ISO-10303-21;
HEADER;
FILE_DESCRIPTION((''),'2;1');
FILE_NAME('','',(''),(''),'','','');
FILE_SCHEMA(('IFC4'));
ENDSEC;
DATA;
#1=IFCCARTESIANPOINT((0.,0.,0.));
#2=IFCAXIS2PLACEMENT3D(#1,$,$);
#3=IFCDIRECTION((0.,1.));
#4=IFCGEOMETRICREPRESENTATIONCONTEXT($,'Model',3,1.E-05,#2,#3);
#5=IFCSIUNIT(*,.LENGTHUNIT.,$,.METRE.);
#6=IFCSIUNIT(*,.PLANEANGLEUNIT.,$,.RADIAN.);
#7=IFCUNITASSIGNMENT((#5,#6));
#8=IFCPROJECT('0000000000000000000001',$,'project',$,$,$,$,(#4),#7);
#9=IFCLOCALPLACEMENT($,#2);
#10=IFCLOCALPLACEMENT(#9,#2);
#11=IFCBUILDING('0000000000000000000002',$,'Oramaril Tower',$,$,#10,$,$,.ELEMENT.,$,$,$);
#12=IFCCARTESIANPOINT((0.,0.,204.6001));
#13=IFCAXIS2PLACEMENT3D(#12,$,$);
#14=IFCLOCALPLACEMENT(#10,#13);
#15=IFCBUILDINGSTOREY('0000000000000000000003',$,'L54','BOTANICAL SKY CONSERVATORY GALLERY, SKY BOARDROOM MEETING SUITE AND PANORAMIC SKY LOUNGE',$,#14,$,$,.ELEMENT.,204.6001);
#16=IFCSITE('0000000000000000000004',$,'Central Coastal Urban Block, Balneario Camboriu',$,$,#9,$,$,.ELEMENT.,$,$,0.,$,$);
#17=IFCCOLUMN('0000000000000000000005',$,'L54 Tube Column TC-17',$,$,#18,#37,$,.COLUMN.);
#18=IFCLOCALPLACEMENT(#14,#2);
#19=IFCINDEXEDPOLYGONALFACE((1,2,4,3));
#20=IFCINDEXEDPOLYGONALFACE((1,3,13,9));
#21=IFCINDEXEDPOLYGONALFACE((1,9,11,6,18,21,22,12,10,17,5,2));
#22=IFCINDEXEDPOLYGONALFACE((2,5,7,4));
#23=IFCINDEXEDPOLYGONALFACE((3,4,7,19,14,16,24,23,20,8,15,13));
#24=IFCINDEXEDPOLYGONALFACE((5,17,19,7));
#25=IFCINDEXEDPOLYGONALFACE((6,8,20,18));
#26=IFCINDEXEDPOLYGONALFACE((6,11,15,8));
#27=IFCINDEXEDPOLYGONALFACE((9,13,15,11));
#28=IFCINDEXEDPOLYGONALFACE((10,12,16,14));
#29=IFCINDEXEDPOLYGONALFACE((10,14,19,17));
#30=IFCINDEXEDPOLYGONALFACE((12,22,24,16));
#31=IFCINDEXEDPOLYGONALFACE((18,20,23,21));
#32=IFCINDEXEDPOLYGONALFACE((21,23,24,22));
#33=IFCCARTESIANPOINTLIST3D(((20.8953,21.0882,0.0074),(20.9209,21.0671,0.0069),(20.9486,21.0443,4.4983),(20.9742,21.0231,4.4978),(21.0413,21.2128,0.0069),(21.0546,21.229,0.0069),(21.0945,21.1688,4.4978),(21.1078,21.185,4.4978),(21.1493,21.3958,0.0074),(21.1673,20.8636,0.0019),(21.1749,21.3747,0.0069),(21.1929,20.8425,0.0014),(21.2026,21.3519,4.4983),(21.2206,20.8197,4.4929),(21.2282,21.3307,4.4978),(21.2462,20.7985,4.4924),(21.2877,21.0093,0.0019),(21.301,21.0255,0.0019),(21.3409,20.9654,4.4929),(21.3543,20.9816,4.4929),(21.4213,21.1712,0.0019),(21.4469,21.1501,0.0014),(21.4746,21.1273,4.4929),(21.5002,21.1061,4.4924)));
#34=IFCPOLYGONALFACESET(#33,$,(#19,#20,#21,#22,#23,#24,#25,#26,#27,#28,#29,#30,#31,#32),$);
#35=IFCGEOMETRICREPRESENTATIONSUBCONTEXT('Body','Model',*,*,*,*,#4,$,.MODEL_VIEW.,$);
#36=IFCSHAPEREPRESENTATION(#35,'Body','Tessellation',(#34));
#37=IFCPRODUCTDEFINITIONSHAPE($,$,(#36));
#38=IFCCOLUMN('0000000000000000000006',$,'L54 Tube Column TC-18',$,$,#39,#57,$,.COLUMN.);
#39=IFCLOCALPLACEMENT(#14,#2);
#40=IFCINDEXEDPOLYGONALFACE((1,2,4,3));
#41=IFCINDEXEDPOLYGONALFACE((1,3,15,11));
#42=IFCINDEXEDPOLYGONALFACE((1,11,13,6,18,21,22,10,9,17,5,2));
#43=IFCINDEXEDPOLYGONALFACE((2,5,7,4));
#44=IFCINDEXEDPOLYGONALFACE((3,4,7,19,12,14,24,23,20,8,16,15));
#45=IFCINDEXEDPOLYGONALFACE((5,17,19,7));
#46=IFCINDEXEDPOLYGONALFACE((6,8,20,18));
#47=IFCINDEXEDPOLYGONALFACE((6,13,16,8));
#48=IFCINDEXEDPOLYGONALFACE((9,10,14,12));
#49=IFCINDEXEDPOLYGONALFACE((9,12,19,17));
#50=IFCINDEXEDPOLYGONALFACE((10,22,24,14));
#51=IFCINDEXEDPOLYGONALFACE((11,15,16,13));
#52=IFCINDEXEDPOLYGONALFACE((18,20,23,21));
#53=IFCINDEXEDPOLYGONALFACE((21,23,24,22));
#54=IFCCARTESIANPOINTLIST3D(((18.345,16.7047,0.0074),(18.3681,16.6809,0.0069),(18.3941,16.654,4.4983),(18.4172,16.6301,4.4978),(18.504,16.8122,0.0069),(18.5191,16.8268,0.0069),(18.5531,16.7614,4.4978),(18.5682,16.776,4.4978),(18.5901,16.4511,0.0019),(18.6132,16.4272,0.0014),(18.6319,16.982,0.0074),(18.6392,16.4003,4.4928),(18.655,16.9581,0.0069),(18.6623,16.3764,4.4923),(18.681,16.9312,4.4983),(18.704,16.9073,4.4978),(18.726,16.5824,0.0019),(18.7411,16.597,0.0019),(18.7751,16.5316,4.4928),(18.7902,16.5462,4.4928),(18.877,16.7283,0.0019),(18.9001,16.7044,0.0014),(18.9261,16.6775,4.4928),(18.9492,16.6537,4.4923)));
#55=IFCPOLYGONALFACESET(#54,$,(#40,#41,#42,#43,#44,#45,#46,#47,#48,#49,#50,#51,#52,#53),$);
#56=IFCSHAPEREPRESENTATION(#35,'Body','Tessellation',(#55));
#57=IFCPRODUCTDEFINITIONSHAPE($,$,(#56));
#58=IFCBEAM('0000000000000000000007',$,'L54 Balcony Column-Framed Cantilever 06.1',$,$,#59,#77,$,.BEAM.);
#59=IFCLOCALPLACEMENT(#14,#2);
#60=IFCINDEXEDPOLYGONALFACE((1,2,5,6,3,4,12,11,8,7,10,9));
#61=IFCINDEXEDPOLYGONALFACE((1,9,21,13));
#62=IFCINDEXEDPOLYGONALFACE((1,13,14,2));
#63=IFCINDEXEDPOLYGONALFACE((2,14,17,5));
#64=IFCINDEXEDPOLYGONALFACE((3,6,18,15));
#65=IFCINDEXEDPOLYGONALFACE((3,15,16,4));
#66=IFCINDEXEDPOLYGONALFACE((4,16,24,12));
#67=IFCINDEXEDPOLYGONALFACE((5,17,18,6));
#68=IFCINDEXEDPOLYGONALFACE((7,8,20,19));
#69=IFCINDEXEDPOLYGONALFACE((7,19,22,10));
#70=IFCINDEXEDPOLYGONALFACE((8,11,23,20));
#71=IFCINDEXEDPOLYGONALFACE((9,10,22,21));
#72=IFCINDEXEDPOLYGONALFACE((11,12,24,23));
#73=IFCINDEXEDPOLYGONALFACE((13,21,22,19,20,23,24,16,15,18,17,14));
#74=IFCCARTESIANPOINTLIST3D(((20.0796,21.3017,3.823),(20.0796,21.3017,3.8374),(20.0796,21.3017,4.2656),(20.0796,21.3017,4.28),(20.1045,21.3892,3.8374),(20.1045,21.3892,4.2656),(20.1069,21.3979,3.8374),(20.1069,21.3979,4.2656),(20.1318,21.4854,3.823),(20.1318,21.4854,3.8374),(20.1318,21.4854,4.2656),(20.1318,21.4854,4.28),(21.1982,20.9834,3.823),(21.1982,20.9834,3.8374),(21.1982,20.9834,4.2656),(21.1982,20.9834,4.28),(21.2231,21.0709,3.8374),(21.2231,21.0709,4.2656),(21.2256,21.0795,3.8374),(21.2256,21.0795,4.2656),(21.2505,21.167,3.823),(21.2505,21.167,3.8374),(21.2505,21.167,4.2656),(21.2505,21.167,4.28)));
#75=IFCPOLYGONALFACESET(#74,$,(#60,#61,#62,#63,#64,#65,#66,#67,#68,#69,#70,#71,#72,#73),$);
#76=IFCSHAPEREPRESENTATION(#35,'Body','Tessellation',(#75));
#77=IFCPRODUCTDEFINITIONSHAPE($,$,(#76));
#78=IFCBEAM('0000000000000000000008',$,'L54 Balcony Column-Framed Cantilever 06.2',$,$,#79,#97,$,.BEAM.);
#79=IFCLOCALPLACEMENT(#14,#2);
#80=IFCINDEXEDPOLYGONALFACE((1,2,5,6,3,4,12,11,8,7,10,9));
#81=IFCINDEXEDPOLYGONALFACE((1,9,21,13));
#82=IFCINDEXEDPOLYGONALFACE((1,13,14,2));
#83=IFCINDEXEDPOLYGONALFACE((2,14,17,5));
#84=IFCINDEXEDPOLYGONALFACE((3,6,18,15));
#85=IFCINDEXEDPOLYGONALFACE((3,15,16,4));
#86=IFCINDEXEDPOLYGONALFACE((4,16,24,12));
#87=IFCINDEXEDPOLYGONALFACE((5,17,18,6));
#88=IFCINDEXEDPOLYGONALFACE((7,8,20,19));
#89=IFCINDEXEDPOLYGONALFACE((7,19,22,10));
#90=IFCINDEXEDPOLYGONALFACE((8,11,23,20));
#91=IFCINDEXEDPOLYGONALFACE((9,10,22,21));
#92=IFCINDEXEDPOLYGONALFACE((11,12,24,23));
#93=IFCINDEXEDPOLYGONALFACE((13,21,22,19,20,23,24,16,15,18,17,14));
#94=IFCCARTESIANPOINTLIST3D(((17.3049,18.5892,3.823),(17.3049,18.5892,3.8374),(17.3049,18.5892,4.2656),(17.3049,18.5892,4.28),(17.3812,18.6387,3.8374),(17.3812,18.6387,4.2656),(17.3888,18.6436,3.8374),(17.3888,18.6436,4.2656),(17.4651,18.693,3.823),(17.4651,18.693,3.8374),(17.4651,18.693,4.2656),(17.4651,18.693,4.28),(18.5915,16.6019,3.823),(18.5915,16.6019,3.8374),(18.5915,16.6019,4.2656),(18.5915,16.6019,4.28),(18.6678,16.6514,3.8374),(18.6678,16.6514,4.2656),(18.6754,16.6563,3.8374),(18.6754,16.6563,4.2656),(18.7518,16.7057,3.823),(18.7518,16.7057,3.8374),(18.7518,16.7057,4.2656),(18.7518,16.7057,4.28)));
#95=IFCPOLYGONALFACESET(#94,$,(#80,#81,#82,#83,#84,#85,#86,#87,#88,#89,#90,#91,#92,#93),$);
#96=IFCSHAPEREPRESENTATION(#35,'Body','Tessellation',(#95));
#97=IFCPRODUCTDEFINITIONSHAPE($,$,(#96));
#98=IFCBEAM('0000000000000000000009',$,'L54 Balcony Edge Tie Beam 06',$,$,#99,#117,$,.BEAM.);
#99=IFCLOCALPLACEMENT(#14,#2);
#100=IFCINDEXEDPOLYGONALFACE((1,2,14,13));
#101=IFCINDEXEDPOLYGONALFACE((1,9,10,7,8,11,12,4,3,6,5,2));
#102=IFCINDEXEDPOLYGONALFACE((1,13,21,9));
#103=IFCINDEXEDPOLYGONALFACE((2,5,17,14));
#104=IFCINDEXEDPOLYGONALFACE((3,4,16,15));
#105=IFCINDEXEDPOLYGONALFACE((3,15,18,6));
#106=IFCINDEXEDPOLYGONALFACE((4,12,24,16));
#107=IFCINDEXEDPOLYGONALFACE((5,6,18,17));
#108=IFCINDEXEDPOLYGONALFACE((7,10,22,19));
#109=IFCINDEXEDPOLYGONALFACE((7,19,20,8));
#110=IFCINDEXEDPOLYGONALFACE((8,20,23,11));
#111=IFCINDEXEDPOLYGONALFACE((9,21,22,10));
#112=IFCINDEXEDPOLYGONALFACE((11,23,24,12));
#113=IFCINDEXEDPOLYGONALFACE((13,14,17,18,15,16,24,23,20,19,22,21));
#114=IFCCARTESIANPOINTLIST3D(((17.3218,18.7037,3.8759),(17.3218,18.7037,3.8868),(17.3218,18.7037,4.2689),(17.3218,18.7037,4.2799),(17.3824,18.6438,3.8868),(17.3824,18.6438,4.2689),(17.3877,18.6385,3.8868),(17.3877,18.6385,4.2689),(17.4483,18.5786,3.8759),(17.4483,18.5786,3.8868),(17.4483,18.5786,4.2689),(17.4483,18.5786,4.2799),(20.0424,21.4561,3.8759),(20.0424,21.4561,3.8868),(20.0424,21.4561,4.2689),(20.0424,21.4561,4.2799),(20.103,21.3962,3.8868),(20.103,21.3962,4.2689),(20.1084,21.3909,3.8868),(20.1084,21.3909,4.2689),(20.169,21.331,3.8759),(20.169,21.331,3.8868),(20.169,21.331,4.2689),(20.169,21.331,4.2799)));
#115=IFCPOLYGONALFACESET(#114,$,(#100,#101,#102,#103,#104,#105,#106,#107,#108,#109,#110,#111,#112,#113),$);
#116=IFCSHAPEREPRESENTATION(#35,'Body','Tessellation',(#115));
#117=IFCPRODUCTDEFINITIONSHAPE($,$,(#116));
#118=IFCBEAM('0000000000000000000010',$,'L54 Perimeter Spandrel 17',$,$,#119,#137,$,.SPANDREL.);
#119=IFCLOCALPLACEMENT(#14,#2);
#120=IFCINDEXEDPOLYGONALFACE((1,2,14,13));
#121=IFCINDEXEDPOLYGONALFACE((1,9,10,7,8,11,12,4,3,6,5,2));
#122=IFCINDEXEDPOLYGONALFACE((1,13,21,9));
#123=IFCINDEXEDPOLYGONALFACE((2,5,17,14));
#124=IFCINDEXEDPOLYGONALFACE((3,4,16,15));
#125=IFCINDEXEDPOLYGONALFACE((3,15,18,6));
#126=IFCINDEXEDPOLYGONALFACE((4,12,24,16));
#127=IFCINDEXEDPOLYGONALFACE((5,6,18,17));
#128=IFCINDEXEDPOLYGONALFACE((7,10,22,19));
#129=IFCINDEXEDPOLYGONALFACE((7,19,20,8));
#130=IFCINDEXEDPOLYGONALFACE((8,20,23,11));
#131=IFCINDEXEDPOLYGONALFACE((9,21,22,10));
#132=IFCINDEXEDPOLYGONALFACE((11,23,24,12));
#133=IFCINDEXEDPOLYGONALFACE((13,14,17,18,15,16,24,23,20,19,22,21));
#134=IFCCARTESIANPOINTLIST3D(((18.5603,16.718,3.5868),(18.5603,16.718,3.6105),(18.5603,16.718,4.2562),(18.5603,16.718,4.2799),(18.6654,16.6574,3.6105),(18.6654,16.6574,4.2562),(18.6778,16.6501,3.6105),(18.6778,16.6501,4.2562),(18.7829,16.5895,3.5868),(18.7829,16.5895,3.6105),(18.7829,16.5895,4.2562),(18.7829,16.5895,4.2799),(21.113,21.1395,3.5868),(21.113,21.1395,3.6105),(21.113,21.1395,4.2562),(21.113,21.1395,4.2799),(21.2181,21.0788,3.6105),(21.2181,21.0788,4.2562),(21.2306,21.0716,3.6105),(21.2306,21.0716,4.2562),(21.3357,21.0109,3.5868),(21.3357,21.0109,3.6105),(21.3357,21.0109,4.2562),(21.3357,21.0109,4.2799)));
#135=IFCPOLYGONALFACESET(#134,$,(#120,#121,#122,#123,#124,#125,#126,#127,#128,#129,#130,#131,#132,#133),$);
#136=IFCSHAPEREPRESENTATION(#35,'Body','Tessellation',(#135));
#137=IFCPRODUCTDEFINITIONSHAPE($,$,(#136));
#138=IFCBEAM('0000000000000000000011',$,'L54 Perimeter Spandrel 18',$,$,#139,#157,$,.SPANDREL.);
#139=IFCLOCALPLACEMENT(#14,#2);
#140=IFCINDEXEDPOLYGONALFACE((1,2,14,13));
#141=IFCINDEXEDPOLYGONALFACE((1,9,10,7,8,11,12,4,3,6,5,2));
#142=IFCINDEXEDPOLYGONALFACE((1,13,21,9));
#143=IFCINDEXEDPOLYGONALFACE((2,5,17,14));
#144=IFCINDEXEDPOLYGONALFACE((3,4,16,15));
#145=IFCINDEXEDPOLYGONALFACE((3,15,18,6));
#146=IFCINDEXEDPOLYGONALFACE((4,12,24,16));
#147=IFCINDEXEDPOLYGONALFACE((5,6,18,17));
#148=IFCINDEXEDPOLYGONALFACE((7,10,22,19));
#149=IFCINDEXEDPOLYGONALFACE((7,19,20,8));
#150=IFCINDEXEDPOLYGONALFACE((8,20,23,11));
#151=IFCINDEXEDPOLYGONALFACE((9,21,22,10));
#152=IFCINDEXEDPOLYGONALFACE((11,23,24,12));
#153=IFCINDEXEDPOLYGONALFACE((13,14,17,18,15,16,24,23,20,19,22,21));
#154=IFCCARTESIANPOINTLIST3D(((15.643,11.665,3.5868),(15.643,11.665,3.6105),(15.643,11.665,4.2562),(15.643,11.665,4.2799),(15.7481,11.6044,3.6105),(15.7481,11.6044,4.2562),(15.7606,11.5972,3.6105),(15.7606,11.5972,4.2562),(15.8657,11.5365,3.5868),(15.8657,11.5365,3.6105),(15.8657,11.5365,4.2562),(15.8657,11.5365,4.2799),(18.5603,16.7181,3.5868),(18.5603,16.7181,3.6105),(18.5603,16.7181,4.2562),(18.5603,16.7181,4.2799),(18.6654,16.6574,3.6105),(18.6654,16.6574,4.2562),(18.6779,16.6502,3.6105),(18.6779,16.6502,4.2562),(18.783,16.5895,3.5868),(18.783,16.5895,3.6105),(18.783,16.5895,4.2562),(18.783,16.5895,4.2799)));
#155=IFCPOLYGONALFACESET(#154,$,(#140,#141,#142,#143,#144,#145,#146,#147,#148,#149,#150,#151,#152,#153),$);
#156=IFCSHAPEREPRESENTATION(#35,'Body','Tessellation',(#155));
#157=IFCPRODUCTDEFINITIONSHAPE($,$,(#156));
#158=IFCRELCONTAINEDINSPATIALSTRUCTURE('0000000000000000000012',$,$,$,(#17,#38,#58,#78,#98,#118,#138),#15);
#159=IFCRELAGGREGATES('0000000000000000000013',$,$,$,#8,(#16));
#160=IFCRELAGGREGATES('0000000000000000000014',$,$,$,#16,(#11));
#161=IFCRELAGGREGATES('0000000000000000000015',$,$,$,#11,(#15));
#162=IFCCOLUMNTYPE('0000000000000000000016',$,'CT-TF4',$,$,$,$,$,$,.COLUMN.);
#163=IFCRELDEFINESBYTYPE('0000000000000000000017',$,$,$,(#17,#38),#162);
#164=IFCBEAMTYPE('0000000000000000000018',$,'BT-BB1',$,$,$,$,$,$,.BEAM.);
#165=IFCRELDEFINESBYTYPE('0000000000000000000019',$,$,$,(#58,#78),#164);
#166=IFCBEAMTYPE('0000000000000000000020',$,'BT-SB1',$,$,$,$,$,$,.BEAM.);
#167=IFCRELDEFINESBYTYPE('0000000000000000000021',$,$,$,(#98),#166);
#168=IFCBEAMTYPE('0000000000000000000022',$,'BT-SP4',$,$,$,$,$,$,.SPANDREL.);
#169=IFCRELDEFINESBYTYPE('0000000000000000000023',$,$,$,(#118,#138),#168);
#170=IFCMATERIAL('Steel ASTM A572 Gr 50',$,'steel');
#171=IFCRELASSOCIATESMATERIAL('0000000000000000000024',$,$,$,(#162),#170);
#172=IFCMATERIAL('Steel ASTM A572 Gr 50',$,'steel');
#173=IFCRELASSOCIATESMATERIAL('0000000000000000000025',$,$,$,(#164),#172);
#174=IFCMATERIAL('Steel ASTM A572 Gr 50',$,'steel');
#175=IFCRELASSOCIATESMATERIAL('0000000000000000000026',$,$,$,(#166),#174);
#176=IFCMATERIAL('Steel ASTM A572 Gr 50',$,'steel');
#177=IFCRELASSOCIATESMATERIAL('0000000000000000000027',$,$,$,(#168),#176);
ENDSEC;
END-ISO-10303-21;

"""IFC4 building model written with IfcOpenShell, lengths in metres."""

from ifc_helpers import new_model, si_unit, direction, frame, origin, origin_2d, place, context, subcontext, project, spatial, i_section, extrude, material, material_profile, profile_set, type_object, element, save


model = new_model("IFC4")

# Units and contexts
model_context = context("Model", 3, precision=1e-05, world=origin(), true_north=direction((0.0, 1.0)))
body_context = subcontext(model_context, "Body", "Model", "MODEL_VIEW")
ifc_project = project(units=[si_unit("LENGTHUNIT", "METRE"), si_unit("PLANEANGLEUNIT", "RADIAN")], contexts=[model_context])

# Site, building, storey
site_placement = place(None, origin())
site = spatial("IfcSite", under=ifc_project, at=site_placement, Name="Central Coastal Urban Block, Balneario Camboriu", CompositionType="ELEMENT", RefElevation=0.0)
building_placement = place(site_placement, origin())
building = spatial("IfcBuilding", under=site, at=building_placement, Name="Oramaril Tower", CompositionType="ELEMENT")
storey_placement = place(building_placement, frame((0.0, 0.0, 204.6001)))
storey = spatial("IfcBuildingStorey", under=building, at=storey_placement, Name="L54", Description="BOTANICAL SKY CONSERVATORY GALLERY, SKY BOARDROOM MEETING SUITE AND PANORAMIC SKY LOUNGE", CompositionType="ELEMENT", Elevation=204.6001)

# Columns
ifc_material_1 = material(Name="Steel ASTM A572 Gr 50", Category="steel")
ifc_material_profile_1 = material_profile(ifc_material_1, i_section(OverallWidth=0.3989, OverallDepth=0.386, WebThickness=0.021, FlangeThickness=0.0332, at=origin_2d()), Name="W14X176")
ifc_profile_set_1 = profile_set([ifc_material_profile_1], Name="Steel ASTM A572 Gr 50")
column_type = type_object("IfcColumnType", Name="CT-TF4", PredefinedType="COLUMN", material=ifc_profile_set_1)
for number, where, z_axis, x_axis, name in (
    (1, (21.1711, 21.1191, 0.0044), (0.01185, -0.009784, 0.999882), (0.636699, 0.771113, 0.0), "L54 Tube Column TC-17"),
    (2, (18.6226, 16.7046, 0.0044), (0.010926, -0.011306, 0.999876), (0.719104, 0.694903, 0.0), "L54 Tube Column TC-18"),
):
    element("IfcColumn", number, at=place(storey_placement, frame(where, z_axis=z_axis, x_axis=x_axis)), inside=storey, type_object=column_type, Name=name, PredefinedType="COLUMN", context=body_context, shape_type="SweptSolid", body=[
        extrude(i_section(OverallWidth=0.3989, OverallDepth=0.386, WebThickness=0.021, FlangeThickness=0.0332, at=origin_2d()), origin(), (0.0, 0.0, 1.0), 4.4915),
    ])

# Beams
ifc_material_2 = material(Name="Steel ASTM A572 Gr 50", Category="steel")
ifc_material_profile_2 = material_profile(ifc_material_2, i_section(OverallWidth=0.1909, OverallDepth=0.457, WebThickness=0.009, FlangeThickness=0.0144, at=origin_2d()), Name="W18X50")
ifc_profile_set_2 = profile_set([ifc_material_profile_2], Name="Steel ASTM A572 Gr 50")
beam_type_1 = type_object("IfcBeamType", Name="BT-BB1", PredefinedType="BEAM", material=ifc_profile_set_2)
beam_1_placement = place(storey_placement, frame((21.2244, 21.0752, 4.0515), z_axis=(-0.961809, 0.273723, 0.0), x_axis=(-0.273723, -0.961809, 0.0)))
element("IfcBeam", 3, at=beam_1_placement, inside=storey, type_object=beam_type_1, Name="L54 Balcony Column-Framed Cantilever 06.1", PredefinedType="BEAM", context=body_context, shape_type="SweptSolid", body=[
    extrude(i_section(OverallWidth=0.1909, OverallDepth=0.457, WebThickness=0.009, FlangeThickness=0.0144, at=origin_2d()), origin(), (0.0, 0.0, 1.0), 1.1631),
])
beam_2_placement = place(storey_placement, frame((18.6716, 16.6538, 4.0515), z_axis=(-0.543465, 0.839432, 0.0), x_axis=(-0.839432, -0.543465, 0.0)))
element("IfcBeam", 4, at=beam_2_placement, inside=storey, type_object=beam_type_1, Name="L54 Balcony Column-Framed Cantilever 06.2", PredefinedType="BEAM", context=body_context, shape_type="SweptSolid", body=[
    extrude(i_section(OverallWidth=0.1909, OverallDepth=0.457, WebThickness=0.009, FlangeThickness=0.0144, at=origin_2d()), origin(), (0.0, 0.0, 1.0), 2.3674),
])
ifc_material_3 = material(Name="Steel ASTM A572 Gr 50", Category="steel")
ifc_material_profile_3 = material_profile(ifc_material_3, i_section(OverallWidth=0.178, OverallDepth=0.4041, WebThickness=0.0076, FlangeThickness=0.011, at=origin_2d()), Name="W16X36")
ifc_profile_set_3 = profile_set([ifc_material_profile_3], Name="Steel ASTM A572 Gr 50")
beam_type_2 = type_object("IfcBeamType", Name="BT-SB1", PredefinedType="BEAM", material=ifc_profile_set_3)
beam_3_placement = place(storey_placement, frame((20.1057, 21.3936, 4.0779), z_axis=(-0.702995, -0.711195, 0.0), x_axis=(0.711195, -0.702995, 0.0)))
element("IfcBeam", 5, at=beam_3_placement, inside=storey, type_object=beam_type_2, Name="L54 Balcony Edge Tie Beam 06", PredefinedType="BEAM", context=body_context, shape_type="SweptSolid", body=[
    extrude(i_section(OverallWidth=0.178, OverallDepth=0.4041, WebThickness=0.0076, FlangeThickness=0.011, at=origin_2d()), origin(), (0.0, 0.0, 1.0), 3.8701),
])
ifc_material_4 = material(Name="Steel ASTM A572 Gr 50", Category="steel")
ifc_material_profile_4 = material_profile(ifc_material_4, i_section(OverallWidth=0.2571, OverallDepth=0.6931, WebThickness=0.0144, FlangeThickness=0.0237, at=origin_2d()), Name="W27X114")
ifc_profile_set_4 = profile_set([ifc_material_profile_4], Name="Steel ASTM A572 Gr 50")
beam_type_3 = type_object("IfcBeamType", Name="BT-SP4", PredefinedType="SPANDREL", material=ifc_profile_set_4)
beam_4_placement = place(storey_placement, frame((21.2244, 21.0752, 3.9333), z_axis=(-0.500007, -0.866022, 0.0), x_axis=(0.866022, -0.500007, 0.0)))
element("IfcBeam", 6, at=beam_4_placement, inside=storey, type_object=beam_type_3, Name="L54 Perimeter Spandrel 17", PredefinedType="SPANDREL", context=body_context, shape_type="SweptSolid", body=[
    extrude(i_section(OverallWidth=0.2571, OverallDepth=0.6931, WebThickness=0.0144, FlangeThickness=0.0237, at=origin_2d()), origin(), (0.0, 0.0, 1.0), 5.1055),
])
beam_5_placement = place(storey_placement, frame((18.6716, 16.6538, 3.9333), z_axis=(-0.499987, -0.866033, 0.0), x_axis=(0.866033, -0.499987, 0.0)))
element("IfcBeam", 7, at=beam_5_placement, inside=storey, type_object=beam_type_3, Name="L54 Perimeter Spandrel 18", PredefinedType="SPANDREL", context=body_context, shape_type="SweptSolid", body=[
    extrude(i_section(OverallWidth=0.2571, OverallDepth=0.6931, WebThickness=0.0144, FlangeThickness=0.0237, at=origin_2d()), origin(), (0.0, 0.0, 1.0), 5.8347),
])

save(model, "model.ifc")
